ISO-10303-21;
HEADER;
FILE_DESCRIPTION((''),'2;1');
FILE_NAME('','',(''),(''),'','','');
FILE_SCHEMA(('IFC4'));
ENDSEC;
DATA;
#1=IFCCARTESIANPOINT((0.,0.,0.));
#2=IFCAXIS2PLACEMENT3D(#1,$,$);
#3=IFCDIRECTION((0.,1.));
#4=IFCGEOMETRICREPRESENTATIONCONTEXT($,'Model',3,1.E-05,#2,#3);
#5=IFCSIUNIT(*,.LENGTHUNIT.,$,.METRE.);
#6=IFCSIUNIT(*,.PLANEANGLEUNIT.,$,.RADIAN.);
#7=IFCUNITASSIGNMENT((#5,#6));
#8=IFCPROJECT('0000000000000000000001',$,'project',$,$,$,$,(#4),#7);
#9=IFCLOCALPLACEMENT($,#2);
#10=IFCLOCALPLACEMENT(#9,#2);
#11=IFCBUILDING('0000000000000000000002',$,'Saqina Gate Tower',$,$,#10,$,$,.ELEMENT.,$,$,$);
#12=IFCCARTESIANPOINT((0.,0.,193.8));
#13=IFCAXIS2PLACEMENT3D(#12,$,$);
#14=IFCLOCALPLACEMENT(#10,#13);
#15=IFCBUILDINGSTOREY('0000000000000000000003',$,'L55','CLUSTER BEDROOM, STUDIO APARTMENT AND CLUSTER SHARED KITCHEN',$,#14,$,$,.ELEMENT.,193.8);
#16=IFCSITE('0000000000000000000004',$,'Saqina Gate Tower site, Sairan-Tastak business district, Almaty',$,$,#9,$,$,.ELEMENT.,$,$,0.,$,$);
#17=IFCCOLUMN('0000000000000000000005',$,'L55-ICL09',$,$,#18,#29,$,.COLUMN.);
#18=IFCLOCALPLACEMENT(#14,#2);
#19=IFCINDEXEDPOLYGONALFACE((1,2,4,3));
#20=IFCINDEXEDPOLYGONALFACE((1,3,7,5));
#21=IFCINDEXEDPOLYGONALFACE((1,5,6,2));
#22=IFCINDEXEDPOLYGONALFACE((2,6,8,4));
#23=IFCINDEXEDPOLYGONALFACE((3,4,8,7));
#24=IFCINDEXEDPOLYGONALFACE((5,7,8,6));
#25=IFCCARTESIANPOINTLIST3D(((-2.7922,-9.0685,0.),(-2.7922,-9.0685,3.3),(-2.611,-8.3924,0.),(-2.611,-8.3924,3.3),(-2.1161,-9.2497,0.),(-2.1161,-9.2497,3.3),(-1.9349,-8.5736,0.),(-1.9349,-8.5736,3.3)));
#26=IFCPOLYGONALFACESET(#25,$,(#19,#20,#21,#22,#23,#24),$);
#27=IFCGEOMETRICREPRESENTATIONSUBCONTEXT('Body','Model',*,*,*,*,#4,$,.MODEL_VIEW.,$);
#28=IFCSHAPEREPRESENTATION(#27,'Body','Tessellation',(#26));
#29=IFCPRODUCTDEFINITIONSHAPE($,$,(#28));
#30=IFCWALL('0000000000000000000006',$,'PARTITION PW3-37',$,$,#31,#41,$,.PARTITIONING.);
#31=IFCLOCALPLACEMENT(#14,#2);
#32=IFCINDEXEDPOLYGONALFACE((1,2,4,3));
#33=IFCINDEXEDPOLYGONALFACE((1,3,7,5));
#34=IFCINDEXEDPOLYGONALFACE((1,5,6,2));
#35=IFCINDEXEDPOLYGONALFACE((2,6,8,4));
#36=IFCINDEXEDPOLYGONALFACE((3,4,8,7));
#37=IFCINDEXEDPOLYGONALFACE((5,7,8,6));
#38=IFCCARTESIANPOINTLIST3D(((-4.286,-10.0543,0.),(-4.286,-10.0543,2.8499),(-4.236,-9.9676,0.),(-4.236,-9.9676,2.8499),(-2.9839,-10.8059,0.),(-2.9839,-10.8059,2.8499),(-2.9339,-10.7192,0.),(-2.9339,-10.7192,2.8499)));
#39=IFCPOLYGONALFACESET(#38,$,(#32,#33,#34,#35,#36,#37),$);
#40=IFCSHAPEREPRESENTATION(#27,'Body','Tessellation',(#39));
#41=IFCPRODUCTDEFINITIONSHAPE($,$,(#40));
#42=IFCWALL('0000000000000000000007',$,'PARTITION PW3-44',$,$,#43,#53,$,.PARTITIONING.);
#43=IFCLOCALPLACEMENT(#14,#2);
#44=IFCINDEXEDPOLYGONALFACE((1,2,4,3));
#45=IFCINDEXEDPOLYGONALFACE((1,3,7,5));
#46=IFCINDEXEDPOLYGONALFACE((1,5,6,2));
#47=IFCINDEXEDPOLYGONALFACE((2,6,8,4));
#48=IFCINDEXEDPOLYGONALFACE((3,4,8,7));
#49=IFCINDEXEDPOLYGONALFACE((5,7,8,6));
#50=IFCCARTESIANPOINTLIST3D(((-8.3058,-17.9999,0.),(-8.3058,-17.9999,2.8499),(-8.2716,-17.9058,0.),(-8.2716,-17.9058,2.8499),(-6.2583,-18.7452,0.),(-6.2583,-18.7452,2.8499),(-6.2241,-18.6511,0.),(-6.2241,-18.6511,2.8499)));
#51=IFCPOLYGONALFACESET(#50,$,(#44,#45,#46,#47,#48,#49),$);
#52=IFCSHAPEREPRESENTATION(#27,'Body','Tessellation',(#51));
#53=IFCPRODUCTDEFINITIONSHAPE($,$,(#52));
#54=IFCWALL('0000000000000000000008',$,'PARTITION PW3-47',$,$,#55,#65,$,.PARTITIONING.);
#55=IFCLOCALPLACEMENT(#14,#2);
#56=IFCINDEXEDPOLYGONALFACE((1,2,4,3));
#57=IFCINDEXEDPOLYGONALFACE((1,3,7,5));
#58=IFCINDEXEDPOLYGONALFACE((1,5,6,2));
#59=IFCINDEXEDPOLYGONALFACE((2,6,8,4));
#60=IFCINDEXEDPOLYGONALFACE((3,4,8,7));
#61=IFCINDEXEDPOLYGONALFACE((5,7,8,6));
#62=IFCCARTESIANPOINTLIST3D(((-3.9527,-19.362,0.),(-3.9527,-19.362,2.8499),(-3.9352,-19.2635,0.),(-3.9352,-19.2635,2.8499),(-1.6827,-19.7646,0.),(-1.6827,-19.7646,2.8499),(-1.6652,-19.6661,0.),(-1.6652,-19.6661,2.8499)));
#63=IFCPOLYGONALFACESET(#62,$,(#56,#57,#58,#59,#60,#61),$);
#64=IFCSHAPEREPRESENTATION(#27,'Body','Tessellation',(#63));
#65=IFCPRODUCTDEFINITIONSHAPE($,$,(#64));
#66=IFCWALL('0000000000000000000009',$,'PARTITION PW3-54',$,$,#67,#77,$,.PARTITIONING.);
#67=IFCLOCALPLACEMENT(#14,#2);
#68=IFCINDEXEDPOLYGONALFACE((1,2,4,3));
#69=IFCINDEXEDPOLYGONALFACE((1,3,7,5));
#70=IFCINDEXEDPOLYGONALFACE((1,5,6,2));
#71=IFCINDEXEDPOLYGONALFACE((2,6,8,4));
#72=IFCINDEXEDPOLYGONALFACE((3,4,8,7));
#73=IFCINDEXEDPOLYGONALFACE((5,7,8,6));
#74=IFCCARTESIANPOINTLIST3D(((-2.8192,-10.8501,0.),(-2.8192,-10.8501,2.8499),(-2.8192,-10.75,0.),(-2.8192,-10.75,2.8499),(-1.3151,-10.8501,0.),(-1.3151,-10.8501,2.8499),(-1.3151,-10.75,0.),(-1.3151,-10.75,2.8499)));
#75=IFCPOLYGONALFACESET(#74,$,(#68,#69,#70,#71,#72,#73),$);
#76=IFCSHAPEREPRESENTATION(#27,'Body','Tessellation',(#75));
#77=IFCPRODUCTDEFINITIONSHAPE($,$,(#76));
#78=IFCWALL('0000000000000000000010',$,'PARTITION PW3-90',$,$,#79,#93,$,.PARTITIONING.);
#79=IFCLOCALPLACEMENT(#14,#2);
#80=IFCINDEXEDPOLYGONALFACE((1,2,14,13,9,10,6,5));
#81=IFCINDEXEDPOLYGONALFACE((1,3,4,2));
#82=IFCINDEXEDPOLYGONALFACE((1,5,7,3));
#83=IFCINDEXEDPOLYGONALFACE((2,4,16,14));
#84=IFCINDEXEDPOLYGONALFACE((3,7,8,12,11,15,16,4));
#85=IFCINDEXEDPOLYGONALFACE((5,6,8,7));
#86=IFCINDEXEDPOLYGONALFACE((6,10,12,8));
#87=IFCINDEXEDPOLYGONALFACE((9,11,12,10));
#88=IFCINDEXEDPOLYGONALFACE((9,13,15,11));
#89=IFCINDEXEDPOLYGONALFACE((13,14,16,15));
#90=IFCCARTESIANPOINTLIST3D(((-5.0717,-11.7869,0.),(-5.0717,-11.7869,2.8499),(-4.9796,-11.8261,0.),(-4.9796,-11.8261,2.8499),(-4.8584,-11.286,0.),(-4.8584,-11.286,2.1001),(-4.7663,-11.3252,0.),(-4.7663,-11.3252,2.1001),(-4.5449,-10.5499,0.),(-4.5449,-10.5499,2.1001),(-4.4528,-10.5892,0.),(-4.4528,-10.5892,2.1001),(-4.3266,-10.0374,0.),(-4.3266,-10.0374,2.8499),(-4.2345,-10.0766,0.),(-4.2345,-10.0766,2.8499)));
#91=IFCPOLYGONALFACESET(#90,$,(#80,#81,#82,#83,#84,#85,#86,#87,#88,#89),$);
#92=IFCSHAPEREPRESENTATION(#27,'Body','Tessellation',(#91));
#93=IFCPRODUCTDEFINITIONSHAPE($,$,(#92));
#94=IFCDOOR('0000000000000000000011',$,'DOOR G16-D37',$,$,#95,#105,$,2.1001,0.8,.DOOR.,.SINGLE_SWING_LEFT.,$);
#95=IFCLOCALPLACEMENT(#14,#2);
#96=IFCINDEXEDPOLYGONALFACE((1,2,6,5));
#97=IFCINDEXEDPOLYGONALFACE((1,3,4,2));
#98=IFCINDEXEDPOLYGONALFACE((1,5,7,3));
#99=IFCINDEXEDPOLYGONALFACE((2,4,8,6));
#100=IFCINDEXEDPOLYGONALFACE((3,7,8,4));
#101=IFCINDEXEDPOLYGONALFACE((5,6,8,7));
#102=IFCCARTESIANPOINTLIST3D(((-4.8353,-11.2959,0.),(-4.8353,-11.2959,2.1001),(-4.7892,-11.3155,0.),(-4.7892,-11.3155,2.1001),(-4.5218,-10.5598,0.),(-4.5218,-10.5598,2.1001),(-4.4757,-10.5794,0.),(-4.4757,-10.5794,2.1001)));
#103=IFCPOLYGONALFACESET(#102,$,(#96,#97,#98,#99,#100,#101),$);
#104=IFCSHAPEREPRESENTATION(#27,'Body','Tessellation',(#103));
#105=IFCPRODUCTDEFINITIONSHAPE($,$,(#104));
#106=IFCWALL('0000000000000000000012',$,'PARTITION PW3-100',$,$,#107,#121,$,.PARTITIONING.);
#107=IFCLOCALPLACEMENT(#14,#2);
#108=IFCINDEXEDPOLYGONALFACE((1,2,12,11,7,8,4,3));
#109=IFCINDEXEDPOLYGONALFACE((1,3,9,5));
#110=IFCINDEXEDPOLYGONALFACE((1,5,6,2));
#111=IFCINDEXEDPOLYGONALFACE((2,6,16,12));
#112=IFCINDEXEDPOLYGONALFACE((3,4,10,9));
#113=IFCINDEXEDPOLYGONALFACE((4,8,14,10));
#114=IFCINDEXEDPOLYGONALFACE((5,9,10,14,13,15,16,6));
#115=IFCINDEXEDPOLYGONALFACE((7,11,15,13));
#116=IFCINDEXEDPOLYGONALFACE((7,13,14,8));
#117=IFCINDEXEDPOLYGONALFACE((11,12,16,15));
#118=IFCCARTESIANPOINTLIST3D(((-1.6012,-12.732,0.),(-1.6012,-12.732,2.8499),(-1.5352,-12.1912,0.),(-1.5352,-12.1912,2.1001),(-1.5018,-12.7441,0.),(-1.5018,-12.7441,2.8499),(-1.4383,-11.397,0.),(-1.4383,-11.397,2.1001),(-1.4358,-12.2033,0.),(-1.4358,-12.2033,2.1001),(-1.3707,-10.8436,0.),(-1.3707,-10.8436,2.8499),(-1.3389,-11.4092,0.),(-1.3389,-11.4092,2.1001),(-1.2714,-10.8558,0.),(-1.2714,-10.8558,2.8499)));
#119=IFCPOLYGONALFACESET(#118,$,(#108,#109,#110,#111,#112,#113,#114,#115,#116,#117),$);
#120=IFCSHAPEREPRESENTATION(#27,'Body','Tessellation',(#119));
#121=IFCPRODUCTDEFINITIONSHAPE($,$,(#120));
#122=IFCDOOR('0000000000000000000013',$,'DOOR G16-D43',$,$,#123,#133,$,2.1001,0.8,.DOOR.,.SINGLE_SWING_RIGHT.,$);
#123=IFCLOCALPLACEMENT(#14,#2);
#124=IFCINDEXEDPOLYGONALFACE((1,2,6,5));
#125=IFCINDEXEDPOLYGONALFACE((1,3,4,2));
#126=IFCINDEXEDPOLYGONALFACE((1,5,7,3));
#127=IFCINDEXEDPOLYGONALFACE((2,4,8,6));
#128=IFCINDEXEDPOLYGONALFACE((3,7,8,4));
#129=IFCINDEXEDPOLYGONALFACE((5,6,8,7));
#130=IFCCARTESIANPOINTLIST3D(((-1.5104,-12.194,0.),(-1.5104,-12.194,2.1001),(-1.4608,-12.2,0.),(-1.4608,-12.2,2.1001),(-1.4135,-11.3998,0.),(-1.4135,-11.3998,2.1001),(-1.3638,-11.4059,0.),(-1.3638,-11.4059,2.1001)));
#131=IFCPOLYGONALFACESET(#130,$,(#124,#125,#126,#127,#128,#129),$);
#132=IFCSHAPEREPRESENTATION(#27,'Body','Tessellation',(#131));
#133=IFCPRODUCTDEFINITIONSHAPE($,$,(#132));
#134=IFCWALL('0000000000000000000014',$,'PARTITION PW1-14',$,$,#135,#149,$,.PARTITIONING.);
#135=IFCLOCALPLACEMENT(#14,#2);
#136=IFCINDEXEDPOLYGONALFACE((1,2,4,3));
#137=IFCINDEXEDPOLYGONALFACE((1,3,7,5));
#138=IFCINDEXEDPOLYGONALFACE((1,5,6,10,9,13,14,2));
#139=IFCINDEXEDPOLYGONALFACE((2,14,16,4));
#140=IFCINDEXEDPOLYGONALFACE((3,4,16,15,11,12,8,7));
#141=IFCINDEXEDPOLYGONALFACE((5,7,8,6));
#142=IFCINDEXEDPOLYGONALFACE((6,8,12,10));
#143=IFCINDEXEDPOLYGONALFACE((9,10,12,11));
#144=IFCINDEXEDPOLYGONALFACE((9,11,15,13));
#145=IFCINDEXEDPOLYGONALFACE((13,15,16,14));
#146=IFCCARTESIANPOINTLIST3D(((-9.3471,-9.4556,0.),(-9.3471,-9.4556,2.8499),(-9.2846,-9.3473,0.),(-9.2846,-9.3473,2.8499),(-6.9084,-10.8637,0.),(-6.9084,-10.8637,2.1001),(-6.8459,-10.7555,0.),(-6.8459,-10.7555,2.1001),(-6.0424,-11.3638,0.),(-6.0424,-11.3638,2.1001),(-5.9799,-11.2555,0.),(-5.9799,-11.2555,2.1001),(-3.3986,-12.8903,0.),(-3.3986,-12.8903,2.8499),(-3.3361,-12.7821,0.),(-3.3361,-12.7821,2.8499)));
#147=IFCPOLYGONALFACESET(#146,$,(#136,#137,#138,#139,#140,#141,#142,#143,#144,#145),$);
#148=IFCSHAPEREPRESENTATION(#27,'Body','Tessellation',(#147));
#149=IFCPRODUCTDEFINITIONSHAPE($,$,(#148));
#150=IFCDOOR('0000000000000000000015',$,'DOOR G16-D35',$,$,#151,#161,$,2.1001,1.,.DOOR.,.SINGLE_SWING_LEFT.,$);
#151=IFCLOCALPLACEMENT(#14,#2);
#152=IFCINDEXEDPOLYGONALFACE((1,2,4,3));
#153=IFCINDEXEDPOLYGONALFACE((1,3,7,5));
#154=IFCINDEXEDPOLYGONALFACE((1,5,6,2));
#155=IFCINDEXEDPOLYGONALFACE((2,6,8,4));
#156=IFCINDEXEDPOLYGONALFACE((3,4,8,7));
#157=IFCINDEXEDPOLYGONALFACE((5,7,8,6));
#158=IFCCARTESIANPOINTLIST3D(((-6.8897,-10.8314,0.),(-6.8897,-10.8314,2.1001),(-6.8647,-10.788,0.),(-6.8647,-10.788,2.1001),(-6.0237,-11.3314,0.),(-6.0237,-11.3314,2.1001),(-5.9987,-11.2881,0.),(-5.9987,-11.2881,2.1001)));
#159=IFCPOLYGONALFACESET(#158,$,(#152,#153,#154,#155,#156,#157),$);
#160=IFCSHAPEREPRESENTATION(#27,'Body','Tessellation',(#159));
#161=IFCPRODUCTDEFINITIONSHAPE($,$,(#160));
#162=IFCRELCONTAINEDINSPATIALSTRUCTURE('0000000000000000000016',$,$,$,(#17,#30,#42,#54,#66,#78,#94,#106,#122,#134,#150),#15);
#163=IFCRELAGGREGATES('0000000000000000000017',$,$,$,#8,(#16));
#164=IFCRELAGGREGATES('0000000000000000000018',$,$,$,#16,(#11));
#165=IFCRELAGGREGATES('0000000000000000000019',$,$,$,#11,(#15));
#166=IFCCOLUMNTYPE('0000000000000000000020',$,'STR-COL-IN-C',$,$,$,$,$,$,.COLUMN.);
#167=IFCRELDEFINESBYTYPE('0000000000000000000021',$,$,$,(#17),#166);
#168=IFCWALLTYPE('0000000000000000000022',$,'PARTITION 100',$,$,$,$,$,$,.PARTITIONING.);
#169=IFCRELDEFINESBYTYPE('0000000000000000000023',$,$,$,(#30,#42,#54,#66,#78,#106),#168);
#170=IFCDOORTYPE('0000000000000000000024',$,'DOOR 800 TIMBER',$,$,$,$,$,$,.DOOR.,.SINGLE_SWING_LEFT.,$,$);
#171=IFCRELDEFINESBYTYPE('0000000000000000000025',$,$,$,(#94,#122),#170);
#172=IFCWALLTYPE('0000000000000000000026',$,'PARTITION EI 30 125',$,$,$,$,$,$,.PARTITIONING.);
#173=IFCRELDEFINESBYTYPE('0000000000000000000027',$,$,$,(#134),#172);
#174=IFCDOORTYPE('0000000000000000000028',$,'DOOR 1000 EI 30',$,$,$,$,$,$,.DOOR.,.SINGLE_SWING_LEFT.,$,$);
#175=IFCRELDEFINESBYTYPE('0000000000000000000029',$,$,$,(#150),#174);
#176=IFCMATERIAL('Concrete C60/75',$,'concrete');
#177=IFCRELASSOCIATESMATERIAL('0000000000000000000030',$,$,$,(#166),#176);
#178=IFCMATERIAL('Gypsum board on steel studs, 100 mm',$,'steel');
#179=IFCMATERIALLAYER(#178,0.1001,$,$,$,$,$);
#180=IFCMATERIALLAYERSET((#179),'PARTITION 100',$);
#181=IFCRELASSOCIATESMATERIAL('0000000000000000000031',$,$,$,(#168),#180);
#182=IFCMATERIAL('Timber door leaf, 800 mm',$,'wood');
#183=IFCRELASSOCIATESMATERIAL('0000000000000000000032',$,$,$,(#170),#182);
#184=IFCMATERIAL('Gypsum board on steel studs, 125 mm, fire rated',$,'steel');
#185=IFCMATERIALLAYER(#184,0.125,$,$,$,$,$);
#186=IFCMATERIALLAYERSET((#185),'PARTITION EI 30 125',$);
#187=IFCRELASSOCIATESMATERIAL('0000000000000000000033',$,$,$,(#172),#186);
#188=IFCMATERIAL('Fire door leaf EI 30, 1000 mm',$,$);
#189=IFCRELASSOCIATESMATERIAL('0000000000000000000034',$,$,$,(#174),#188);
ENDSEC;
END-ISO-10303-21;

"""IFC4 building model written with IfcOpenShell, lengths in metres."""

from ifc_helpers import new_model, si_unit, direction, frame, frame_2d, origin, origin_2d, place, context, subcontext, project, spatial, rectangle, extrude, material, layer, layer_set, material_profile, profile_set, type_object, element, fill, save


model = new_model("IFC4")

# Units and contexts
model_context = context("Model", 3, precision=1e-05, world=origin(), true_north=direction((0.0, 1.0)))
body_context = subcontext(model_context, "Body", "Model", "MODEL_VIEW")
ifc_project = project(units=[si_unit("LENGTHUNIT", "METRE"), si_unit("PLANEANGLEUNIT", "RADIAN")], contexts=[model_context])

# Site, building, storey
site_placement = place(None, origin())
site = spatial("IfcSite", under=ifc_project, at=site_placement, Name="Saqina Gate Tower site, Sairan-Tastak business district, Almaty", CompositionType="ELEMENT", RefElevation=0.0)
building_placement = place(site_placement, origin())
building = spatial("IfcBuilding", under=site, at=building_placement, Name="Saqina Gate Tower", CompositionType="ELEMENT")
storey_placement = place(building_placement, frame((0.0, 0.0, 193.8)))
storey = spatial("IfcBuildingStorey", under=building, at=storey_placement, Name="L55", Description="CLUSTER BEDROOM, STUDIO APARTMENT AND CLUSTER SHARED KITCHEN", CompositionType="ELEMENT", Elevation=193.8)

# Column
ifc_material_1 = material(Name="Concrete C60/75", Category="concrete")
ifc_material_profile = material_profile(ifc_material_1, rectangle(XDim=0.7, YDim=0.7, at=origin_2d()), Name="RC 700x700")
ifc_profile_set = profile_set([ifc_material_profile], Name="Concrete C60/75")
column_type = type_object("IfcColumnType", Name="STR-COL-IN-C", PredefinedType="COLUMN", material=ifc_profile_set)
column_placement = place(storey_placement, frame((-2.3635, -8.821, 0.0), z_axis=(0.0, 0.0, 1.0), x_axis=(-0.258819, -0.965926, 0.0)))
element("IfcColumn", 1, at=column_placement, inside=storey, type_object=column_type, Name="L55-ICL09", PredefinedType="COLUMN", context=body_context, shape_type="SweptSolid", body=[
    extrude(rectangle(XDim=0.7, YDim=0.7, at=origin_2d()), origin(), (0.0, 0.0, 1.0), 3.3),
])

# Walls
ifc_material_2 = material(Name="Gypsum board on steel studs, 100 mm", Category="steel")
ifc_layer_1 = layer(ifc_material_2, 0.1001)
ifc_layer_set_1 = layer_set([ifc_layer_1], Name="PARTITION 100")
wall_type_1 = type_object("IfcWallType", Name="PARTITION 100", PredefinedType="PARTITIONING", material=ifc_layer_set_1)
wall_1_placement = place(storey_placement, frame((-4.261, -10.011, 0.0), z_axis=(0.0, 0.0, 1.0), x_axis=(0.866096, -0.499877, 0.0)))
element("IfcWall", 2, at=wall_1_placement, inside=storey, type_object=wall_type_1, Name="PARTITION PW3-37", PredefinedType="PARTITIONING", context=body_context, shape_type="SweptSolid", body=[
    extrude(rectangle(XDim=1.5034, YDim=0.1001, at=frame_2d((0.7517, 0.0))), origin(), (0.0, 0.0, 1.0), 2.8499),
])
wall_2_placement = place(storey_placement, frame((-8.2886, -17.9529, 0.0), z_axis=(0.0, 0.0, 1.0), x_axis=(0.939679, -0.342058, 0.0)))
element("IfcWall", 3, at=wall_2_placement, inside=storey, type_object=wall_type_1, Name="PARTITION PW3-44", PredefinedType="PARTITIONING", context=body_context, shape_type="SweptSolid", body=[
    extrude(rectangle(XDim=2.179, YDim=0.1001, at=frame_2d((1.0894, 0.0))), origin(), (0.0, 0.0, 1.0), 2.8499),
])
wall_3_placement = place(storey_placement, frame((-3.9441, -19.3127, 0.0), z_axis=(0.0, 0.0, 1.0), x_axis=(0.984635, -0.174625, 0.0)))
element("IfcWall", 4, at=wall_3_placement, inside=storey, type_object=wall_type_1, Name="PARTITION PW3-47", PredefinedType="PARTITIONING", context=body_context, shape_type="SweptSolid", body=[
    extrude(rectangle(XDim=2.3054, YDim=0.1001, at=frame_2d((1.1528, 0.0))), origin(), (0.0, 0.0, 1.0), 2.8499),
])
wall_4_placement = place(storey_placement, frame((-2.8191, -10.8, 0.0), z_axis=(0.0, 0.0, 1.0), x_axis=(1.0, 0.0, 0.0)))
element("IfcWall", 5, at=wall_4_placement, inside=storey, type_object=wall_type_1, Name="PARTITION PW3-54", PredefinedType="PARTITIONING", context=body_context, shape_type="SweptSolid", body=[
    extrude(rectangle(XDim=1.5042, YDim=0.1001, at=frame_2d((0.752, 0.0))), origin(), (0.0, 0.0, 1.0), 2.8499),
])

# Walls, openings, doors
wall_5_placement = place(storey_placement, frame((-5.0256, -11.8064, 0.0), z_axis=(0.0, 0.0, 1.0), x_axis=(0.391842, 0.920033, 0.0)))
wall_5 = element("IfcWall", 6, at=wall_5_placement, inside=storey, type_object=wall_type_1, Name="PARTITION PW3-90", PredefinedType="PARTITIONING", context=body_context, shape_type="SweptSolid", body=[
    extrude(rectangle(XDim=1.9016, YDim=0.1001, at=frame_2d((0.9507, 0.0))), origin(), (0.0, 0.0, 1.0), 2.8499),
])
opening_1_placement = place(wall_5_placement, frame((0.5444, 0.0, 0.0)))
opening_1 = element("IfcOpeningElement", 7, at=opening_1_placement, cuts=wall_5, PredefinedType="OPENING", context=body_context, shape_type="SweptSolid", body=[
    extrude(rectangle(XDim=0.8, YDim=2.1001, at=frame_2d((0.3999, 1.05))), frame((0.0, 0.062, 0.0), z_axis=(0.0, -1.0, 0.0), x_axis=(1.0, 0.0, 0.0)), (0.0, 0.0, 1.0), 0.124),
])
ifc_material_3 = material(Name="Timber door leaf, 800 mm", Category="wood")
door_type_1 = type_object("IfcDoorType", Name="DOOR 800 TIMBER", OperationType="SINGLE_SWING_LEFT", PredefinedType="DOOR", material=ifc_material_3)
door_1_placement = place(opening_1_placement, origin())
door_1 = element("IfcDoor", 8, at=door_1_placement, inside=storey, type_object=door_type_1, Name="DOOR G16-D37", OperationType="SINGLE_SWING_LEFT", OverallHeight=2.1001, OverallWidth=0.8, PredefinedType="DOOR", context=body_context, shape_type="SweptSolid", body=[
    extrude(rectangle(XDim=0.8, YDim=2.1001, at=frame_2d((0.3999, 1.05))), frame((0.0, 0.0249, 0.0), z_axis=(0.0, -1.0, 0.0), x_axis=(1.0, 0.0, 0.0)), (0.0, 0.0, 1.0), 0.05),
])
fill(opening_1, door_1)
wall_6_placement = place(storey_placement, frame((-1.5515, -12.738, 0.0), z_axis=(0.0, 0.0, 1.0), x_axis=(0.121144, 0.992635, 0.0)))
wall_6 = element("IfcWall", 9, at=wall_6_placement, inside=storey, type_object=wall_type_1, Name="PARTITION PW3-100", PredefinedType="PARTITIONING", context=body_context, shape_type="SweptSolid", body=[
    extrude(rectangle(XDim=1.9023, YDim=0.1001, at=frame_2d((0.9512, 0.0))), origin(), (0.0, 0.0, 1.0), 2.8499),
])
opening_2_placement = place(wall_6_placement, frame((0.5449, 0.0, 0.0)))
opening_2 = element("IfcOpeningElement", 10, at=opening_2_placement, cuts=wall_6, PredefinedType="OPENING", context=body_context, shape_type="SweptSolid", body=[
    extrude(rectangle(XDim=0.8, YDim=2.1001, at=frame_2d((0.3999, 1.05))), frame((0.0, 0.062, 0.0), z_axis=(0.0, -1.0, 0.0), x_axis=(1.0, 0.0, 0.0)), (0.0, 0.0, 1.0), 0.124),
])
door_2_placement = place(opening_2_placement, frame((0.8, 0.0, 0.0), z_axis=(0.0, 0.0, 1.0), x_axis=(-1.0, 0.0, 0.0)))
door_2 = element("IfcDoor", 11, at=door_2_placement, inside=storey, type_object=door_type_1, Name="DOOR G16-D43", OperationType="SINGLE_SWING_RIGHT", OverallHeight=2.1001, OverallWidth=0.8, PredefinedType="DOOR", context=body_context, shape_type="SweptSolid", body=[
    extrude(rectangle(XDim=0.8, YDim=2.1001, at=frame_2d((0.3999, 1.05))), frame((0.0, 0.0249, 0.0), z_axis=(0.0, -1.0, 0.0), x_axis=(1.0, 0.0, 0.0)), (0.0, 0.0, 1.0), 0.05),
])
fill(opening_2, door_2)
ifc_material_4 = material(Name="Gypsum board on steel studs, 125 mm, fire rated", Category="steel")
ifc_layer_2 = layer(ifc_material_4, 0.125)
ifc_layer_set_2 = layer_set([ifc_layer_2], Name="PARTITION EI 30 125")
wall_type_2 = type_object("IfcWallType", Name="PARTITION EI 30 125", PredefinedType="PARTITIONING", material=ifc_layer_set_2)
wall_7_placement = place(storey_placement, frame((-9.3159, -9.4014, 0.0), z_axis=(0.0, 0.0, 1.0), x_axis=(0.865997, -0.50005, 0.0)))
wall_7 = element("IfcWall", 12, at=wall_7_placement, inside=storey, type_object=wall_type_2, Name="PARTITION PW1-14", PredefinedType="PARTITIONING", context=body_context, shape_type="SweptSolid", body=[
    extrude(rectangle(XDim=6.8689, YDim=0.125, at=frame_2d((3.4346, 0.0))), origin(), (0.0, 0.0, 1.0), 2.8499),
])
opening_3_placement = place(wall_7_placement, frame((2.8162, 0.0, 0.0)))
opening_3 = element("IfcOpeningElement", 13, at=opening_3_placement, cuts=wall_7, PredefinedType="OPENING", context=body_context, shape_type="SweptSolid", body=[
    extrude(rectangle(XDim=1.0, YDim=2.1001, at=frame_2d((0.5, 1.05))), frame((0.0, 0.0745, 0.0), z_axis=(0.0, -1.0, 0.0), x_axis=(1.0, 0.0, 0.0)), (0.0, 0.0, 1.0), 0.1489),
])
ifc_material_5 = material(Name="Fire door leaf EI 30, 1000 mm")
door_type_2 = type_object("IfcDoorType", Name="DOOR 1000 EI 30", OperationType="SINGLE_SWING_LEFT", PredefinedType="DOOR", material=ifc_material_5)
door_3_placement = place(opening_3_placement, origin())
door_3 = element("IfcDoor", 14, at=door_3_placement, inside=storey, type_object=door_type_2, Name="DOOR G16-D35", OperationType="SINGLE_SWING_LEFT", OverallHeight=2.1001, OverallWidth=1.0, PredefinedType="DOOR", context=body_context, shape_type="SweptSolid", body=[
    extrude(rectangle(XDim=1.0, YDim=2.1001, at=frame_2d((0.5, 1.05))), frame((0.0, 0.0249, 0.0), z_axis=(0.0, -1.0, 0.0), x_axis=(1.0, 0.0, 0.0)), (0.0, 0.0, 1.0), 0.05),
])
fill(opening_3, door_3)

save(model, "model.ifc")
